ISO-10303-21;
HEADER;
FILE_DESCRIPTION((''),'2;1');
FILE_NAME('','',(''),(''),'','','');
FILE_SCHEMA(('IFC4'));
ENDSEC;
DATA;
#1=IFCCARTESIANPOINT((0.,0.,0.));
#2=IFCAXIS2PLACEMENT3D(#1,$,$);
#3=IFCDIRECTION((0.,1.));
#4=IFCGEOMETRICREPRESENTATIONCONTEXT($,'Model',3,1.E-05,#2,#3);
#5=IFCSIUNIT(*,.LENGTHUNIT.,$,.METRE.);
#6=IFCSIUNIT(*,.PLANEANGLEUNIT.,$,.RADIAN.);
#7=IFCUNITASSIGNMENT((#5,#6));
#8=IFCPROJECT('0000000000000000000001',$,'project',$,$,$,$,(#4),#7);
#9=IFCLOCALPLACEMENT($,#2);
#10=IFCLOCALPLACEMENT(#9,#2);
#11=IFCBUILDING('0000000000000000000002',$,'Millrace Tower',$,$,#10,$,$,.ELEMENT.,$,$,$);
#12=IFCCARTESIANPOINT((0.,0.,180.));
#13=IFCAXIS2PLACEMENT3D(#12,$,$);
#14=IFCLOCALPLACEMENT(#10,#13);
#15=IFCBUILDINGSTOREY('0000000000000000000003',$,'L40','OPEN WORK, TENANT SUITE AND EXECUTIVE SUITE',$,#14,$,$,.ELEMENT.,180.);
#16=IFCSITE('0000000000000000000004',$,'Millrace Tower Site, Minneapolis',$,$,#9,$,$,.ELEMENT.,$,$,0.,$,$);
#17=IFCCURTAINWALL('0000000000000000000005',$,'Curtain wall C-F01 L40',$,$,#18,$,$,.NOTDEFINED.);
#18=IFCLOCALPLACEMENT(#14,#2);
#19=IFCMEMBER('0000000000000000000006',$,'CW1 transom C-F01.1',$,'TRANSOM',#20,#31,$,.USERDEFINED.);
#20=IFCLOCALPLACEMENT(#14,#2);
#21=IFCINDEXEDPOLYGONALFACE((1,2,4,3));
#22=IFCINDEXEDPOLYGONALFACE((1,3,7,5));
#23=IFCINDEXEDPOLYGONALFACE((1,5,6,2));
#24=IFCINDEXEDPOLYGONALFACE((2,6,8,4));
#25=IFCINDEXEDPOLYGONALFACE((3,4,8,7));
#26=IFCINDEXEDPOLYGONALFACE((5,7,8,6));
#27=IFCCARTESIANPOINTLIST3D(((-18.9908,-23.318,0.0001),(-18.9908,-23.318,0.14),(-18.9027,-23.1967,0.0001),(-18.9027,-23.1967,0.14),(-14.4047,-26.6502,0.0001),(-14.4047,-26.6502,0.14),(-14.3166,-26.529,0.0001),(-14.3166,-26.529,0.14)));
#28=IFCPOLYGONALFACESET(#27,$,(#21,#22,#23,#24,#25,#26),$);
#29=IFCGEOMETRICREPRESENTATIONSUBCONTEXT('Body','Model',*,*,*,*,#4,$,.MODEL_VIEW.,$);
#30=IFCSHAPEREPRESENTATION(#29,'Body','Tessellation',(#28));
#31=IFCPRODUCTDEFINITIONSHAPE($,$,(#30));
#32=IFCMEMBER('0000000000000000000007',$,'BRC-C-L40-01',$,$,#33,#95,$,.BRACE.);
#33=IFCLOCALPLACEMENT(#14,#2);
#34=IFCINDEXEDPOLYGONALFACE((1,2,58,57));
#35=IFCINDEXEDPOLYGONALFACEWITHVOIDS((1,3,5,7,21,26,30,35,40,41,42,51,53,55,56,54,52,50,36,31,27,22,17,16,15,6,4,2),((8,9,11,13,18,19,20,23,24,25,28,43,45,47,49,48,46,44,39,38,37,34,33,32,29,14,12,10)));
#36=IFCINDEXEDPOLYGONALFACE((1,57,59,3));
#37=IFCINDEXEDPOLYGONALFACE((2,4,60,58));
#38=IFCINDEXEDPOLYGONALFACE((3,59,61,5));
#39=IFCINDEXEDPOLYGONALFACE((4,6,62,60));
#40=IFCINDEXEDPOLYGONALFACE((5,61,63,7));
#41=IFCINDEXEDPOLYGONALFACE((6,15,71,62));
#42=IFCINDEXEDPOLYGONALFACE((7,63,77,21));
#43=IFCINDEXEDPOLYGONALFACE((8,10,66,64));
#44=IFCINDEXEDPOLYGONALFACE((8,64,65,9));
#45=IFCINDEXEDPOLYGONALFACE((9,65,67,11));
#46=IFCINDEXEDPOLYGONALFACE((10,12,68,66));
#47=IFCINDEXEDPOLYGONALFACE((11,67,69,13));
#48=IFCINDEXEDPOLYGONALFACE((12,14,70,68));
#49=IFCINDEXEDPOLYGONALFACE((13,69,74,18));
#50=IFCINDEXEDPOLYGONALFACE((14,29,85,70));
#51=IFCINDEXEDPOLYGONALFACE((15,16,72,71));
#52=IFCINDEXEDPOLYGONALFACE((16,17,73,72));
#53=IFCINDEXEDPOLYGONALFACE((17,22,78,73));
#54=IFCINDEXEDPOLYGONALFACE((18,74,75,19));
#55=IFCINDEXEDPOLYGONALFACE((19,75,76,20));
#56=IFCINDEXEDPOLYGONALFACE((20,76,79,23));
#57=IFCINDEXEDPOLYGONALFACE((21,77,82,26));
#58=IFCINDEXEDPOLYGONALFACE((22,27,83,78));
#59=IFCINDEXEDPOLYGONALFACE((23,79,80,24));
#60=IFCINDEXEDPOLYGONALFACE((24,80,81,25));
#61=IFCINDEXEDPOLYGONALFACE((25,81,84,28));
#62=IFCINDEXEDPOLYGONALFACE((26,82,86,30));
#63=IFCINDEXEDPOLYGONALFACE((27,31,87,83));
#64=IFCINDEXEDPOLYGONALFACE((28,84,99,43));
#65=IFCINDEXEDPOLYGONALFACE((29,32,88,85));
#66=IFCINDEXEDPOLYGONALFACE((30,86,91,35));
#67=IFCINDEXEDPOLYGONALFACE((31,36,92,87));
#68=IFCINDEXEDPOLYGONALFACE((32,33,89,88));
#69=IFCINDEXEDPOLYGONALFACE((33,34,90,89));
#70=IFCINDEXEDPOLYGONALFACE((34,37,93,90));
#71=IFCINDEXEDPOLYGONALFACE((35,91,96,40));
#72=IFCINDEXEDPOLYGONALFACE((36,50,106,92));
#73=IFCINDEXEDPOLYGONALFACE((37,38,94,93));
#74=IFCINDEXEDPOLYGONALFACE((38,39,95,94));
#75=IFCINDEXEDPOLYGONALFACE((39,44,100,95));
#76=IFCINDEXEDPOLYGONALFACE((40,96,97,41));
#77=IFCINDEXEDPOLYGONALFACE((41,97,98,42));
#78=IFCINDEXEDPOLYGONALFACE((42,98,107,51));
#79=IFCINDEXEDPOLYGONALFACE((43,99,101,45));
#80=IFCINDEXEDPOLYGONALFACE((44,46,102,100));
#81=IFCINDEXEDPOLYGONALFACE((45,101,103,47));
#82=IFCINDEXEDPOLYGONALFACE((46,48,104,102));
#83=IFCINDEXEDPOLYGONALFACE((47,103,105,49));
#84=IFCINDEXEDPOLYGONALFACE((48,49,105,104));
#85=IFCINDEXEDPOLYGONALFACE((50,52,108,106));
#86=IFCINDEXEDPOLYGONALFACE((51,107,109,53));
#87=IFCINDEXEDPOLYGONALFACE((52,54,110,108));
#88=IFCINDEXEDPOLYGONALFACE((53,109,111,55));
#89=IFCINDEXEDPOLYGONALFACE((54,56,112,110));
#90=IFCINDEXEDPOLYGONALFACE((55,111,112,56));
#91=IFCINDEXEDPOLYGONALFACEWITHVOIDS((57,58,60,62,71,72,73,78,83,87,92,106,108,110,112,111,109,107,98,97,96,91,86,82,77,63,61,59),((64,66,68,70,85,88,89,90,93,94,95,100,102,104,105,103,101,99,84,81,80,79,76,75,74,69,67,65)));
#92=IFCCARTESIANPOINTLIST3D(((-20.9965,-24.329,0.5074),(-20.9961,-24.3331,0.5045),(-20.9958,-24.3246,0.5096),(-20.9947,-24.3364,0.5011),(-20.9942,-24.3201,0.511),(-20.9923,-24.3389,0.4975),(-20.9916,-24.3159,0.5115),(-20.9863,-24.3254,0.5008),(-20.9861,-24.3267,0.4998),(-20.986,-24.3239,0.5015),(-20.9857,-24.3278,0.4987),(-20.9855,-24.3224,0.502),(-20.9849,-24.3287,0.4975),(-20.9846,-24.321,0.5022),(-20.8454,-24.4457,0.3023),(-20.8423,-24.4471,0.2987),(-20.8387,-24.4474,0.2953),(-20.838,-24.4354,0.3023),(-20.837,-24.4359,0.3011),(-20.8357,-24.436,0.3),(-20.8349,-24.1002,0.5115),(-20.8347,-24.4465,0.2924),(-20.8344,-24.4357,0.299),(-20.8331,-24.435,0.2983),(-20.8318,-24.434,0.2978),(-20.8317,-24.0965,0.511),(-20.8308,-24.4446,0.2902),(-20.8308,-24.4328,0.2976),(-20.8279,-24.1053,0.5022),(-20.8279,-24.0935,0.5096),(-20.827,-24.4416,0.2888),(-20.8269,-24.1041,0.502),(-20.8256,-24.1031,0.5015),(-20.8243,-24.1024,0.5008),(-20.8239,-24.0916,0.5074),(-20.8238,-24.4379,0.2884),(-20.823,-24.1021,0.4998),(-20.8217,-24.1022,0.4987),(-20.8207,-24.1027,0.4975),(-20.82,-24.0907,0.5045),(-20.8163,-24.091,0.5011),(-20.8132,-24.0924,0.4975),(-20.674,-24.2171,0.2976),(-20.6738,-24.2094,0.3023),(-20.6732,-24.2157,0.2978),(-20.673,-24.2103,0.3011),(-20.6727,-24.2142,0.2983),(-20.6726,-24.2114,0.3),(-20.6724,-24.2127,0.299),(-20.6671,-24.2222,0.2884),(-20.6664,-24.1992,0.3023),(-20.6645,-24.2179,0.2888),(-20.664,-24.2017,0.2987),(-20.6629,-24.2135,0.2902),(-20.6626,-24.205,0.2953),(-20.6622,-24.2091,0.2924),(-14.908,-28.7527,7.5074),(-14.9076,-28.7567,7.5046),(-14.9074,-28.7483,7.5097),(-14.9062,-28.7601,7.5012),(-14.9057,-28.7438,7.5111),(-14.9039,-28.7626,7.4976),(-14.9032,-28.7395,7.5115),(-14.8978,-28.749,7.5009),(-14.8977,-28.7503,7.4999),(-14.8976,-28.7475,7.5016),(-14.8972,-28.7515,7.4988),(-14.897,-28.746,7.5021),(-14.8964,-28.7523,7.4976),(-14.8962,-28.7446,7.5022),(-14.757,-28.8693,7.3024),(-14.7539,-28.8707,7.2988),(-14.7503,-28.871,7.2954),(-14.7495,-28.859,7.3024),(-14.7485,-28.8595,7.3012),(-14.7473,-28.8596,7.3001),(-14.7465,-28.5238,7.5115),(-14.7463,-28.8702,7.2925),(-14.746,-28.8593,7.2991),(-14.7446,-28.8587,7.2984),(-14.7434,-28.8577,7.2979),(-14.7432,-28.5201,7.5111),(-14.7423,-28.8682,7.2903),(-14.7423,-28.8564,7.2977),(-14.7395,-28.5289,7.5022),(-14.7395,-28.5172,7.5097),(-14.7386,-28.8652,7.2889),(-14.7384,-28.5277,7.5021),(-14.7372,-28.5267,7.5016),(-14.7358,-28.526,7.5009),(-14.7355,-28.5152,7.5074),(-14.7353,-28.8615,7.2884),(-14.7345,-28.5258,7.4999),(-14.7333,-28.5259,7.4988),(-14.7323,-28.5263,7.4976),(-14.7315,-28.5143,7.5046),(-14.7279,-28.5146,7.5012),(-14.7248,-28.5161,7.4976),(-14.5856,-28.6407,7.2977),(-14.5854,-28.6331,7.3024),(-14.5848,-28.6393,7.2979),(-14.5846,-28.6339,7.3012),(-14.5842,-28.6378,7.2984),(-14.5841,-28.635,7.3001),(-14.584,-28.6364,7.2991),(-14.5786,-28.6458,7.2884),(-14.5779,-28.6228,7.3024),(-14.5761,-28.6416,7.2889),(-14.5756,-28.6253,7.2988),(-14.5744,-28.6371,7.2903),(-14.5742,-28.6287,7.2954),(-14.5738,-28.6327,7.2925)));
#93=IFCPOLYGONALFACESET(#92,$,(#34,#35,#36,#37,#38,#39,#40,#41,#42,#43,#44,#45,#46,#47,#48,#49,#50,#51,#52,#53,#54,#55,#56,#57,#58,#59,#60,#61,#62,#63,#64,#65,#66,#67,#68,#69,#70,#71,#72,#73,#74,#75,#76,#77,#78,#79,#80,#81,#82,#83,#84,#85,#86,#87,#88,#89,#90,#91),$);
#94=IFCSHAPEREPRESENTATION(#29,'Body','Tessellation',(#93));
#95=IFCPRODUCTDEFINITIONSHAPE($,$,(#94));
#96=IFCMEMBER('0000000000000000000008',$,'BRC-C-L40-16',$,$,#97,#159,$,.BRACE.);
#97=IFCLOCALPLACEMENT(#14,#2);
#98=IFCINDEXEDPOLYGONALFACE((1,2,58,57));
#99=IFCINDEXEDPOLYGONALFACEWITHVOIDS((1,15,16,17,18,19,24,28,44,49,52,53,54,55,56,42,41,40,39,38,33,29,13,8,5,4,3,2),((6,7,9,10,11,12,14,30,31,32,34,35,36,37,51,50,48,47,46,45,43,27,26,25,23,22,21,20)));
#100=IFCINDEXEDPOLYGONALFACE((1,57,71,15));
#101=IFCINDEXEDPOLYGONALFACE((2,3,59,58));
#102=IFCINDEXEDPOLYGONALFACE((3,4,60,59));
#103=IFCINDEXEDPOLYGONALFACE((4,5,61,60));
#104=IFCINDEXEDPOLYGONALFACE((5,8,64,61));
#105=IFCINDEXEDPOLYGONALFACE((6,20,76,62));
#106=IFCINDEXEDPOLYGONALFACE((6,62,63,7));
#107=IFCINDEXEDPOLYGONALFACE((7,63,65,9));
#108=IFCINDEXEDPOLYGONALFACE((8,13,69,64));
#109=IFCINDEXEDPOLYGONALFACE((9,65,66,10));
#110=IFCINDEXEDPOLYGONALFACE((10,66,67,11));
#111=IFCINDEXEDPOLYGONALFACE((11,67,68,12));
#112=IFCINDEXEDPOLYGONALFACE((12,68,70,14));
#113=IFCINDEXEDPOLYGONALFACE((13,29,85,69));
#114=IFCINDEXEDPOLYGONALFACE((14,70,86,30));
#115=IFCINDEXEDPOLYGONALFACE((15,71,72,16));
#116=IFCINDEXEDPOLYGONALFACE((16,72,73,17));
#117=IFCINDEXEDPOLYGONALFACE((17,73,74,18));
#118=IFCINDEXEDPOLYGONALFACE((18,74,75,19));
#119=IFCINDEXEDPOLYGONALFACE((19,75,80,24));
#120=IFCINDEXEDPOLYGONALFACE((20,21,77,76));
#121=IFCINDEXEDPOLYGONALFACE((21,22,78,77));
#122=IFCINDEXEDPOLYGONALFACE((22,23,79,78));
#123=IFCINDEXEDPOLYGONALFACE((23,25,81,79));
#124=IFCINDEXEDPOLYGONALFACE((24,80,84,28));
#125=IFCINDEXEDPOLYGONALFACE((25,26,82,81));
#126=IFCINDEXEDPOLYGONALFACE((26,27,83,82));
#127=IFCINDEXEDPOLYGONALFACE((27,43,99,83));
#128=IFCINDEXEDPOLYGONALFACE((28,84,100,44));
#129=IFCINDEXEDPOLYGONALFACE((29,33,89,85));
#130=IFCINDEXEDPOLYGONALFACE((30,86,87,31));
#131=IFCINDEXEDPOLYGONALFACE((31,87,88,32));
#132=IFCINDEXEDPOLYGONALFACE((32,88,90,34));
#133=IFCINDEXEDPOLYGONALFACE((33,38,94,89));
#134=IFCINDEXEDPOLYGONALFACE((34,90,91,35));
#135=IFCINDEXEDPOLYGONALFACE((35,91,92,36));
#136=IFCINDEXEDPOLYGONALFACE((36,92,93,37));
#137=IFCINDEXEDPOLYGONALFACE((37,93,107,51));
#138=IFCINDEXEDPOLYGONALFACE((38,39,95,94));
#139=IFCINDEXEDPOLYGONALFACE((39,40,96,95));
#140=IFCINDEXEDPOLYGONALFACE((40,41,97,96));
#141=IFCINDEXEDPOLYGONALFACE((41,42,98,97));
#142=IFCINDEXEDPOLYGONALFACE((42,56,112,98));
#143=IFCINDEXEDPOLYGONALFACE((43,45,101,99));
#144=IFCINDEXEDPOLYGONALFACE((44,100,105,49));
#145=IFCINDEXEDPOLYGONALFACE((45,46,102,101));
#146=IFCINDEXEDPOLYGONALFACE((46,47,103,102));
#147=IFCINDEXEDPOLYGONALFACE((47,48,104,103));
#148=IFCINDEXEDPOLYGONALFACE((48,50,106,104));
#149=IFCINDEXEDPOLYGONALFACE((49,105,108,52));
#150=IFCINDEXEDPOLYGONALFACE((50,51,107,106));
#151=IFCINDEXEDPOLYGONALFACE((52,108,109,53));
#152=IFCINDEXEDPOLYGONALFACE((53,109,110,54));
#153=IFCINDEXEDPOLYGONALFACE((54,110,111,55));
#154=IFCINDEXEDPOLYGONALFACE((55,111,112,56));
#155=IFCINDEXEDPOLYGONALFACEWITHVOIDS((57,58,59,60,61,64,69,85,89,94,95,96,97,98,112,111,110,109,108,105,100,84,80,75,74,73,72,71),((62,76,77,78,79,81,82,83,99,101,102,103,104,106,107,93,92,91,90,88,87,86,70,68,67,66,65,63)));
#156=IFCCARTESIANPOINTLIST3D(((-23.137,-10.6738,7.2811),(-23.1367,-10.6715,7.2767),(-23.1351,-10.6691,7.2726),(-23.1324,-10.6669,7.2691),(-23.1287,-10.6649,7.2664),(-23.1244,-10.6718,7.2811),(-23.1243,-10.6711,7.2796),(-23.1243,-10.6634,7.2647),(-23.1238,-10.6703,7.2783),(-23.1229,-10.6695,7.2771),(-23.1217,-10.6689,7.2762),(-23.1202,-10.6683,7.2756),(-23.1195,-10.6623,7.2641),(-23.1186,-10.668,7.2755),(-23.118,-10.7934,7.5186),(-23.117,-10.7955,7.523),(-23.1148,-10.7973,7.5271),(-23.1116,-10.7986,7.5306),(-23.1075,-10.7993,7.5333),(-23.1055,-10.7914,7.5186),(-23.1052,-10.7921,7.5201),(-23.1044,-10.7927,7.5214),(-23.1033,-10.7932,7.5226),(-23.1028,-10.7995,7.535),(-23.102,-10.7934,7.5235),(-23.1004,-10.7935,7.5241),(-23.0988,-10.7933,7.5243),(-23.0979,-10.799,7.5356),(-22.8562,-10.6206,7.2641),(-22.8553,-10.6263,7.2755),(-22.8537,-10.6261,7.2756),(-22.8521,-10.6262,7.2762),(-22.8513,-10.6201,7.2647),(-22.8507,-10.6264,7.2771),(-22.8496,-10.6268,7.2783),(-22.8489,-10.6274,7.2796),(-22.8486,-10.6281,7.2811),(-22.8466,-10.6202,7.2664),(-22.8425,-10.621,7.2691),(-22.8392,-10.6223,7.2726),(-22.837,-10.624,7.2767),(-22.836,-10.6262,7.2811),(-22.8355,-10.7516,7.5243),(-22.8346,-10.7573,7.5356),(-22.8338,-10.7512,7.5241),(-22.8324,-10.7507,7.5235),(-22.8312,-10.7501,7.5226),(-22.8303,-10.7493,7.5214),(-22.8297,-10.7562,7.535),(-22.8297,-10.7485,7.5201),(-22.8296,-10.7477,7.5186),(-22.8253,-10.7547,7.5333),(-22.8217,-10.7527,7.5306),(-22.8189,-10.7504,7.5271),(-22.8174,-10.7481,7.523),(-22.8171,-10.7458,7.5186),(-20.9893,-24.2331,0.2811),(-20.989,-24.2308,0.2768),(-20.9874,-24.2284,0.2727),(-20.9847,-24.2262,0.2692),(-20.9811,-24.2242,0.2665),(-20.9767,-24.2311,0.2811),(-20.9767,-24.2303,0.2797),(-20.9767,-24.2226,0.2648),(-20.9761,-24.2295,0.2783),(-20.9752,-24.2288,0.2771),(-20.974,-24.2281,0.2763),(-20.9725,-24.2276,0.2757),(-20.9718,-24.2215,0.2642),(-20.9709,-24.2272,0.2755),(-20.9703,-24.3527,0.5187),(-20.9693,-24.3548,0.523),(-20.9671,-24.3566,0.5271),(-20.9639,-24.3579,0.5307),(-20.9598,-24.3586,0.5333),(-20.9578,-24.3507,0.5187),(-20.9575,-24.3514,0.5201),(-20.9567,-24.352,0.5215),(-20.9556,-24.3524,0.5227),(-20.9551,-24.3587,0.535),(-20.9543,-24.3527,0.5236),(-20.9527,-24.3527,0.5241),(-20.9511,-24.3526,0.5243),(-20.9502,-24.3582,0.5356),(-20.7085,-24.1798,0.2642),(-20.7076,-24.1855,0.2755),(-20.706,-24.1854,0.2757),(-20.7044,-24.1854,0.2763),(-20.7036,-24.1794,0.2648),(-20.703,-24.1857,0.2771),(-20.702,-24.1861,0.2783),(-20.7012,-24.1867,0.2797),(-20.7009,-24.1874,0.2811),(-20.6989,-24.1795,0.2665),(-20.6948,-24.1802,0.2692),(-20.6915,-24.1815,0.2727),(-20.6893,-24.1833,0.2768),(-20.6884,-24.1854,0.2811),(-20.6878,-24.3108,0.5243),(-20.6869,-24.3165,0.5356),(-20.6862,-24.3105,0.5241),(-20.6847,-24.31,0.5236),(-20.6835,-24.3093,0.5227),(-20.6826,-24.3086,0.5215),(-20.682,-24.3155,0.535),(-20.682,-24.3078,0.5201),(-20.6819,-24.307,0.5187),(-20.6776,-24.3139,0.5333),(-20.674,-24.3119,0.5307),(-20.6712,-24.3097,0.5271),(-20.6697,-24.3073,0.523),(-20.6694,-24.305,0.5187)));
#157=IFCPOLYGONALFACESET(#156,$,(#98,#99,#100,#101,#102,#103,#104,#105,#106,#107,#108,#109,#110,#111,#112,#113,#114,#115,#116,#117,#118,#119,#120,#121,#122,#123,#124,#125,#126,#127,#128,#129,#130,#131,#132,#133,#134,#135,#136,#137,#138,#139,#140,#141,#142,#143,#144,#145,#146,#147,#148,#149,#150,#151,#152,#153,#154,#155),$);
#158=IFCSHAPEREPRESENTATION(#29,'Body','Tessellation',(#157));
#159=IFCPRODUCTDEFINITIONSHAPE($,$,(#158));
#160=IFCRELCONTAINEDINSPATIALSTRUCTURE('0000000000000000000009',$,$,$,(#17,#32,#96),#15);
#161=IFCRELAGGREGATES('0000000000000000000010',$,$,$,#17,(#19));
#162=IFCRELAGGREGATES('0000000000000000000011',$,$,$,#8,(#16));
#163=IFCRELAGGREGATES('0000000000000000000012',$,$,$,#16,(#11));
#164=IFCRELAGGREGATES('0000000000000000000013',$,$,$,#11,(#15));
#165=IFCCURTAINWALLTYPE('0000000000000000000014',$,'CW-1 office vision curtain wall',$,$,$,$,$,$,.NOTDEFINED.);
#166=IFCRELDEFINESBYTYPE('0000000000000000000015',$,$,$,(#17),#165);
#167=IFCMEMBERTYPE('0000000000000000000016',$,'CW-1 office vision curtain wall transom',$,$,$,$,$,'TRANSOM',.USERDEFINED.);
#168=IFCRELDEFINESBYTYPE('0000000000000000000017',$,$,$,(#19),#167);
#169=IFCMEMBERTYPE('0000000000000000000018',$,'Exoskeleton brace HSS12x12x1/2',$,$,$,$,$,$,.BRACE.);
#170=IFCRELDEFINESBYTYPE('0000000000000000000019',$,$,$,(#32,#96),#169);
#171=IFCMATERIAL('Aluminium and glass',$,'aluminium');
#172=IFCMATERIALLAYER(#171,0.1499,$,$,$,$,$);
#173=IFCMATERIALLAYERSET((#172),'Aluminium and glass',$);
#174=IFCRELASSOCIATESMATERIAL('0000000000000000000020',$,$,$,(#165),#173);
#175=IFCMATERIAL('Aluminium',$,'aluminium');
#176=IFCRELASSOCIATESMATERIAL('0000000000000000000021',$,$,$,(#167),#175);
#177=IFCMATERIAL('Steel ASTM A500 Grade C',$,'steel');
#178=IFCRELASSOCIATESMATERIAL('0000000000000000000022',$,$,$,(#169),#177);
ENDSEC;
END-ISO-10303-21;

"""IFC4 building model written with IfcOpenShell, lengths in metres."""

from ifc_helpers import new_model, si_unit, direction, frame, origin, origin_2d, place, context, subcontext, project, spatial, rectangle, hollow_rectangle, extrude, material, layer, layer_set, material_profile, profile_set, type_object, element, aggregate, save


model = new_model("IFC4")

# Units and contexts
model_context = context("Model", 3, precision=1e-05, world=origin(), true_north=direction((0.0, 1.0)))
body_context = subcontext(model_context, "Body", "Model", "MODEL_VIEW")
ifc_project = project(units=[si_unit("LENGTHUNIT", "METRE"), si_unit("PLANEANGLEUNIT", "RADIAN")], contexts=[model_context])

# Site, building, storey
site_placement = place(None, origin())
site = spatial("IfcSite", under=ifc_project, at=site_placement, Name="Millrace Tower Site, Minneapolis", CompositionType="ELEMENT", RefElevation=0.0)
building_placement = place(site_placement, origin())
building = spatial("IfcBuilding", under=site, at=building_placement, Name="Millrace Tower", CompositionType="ELEMENT")
storey_placement = place(building_placement, frame((0.0, 0.0, 180.0)))
storey = spatial("IfcBuildingStorey", under=building, at=storey_placement, Name="L40", Description="OPEN WORK, TENANT SUITE AND EXECUTIVE SUITE", CompositionType="ELEMENT", Elevation=180.0)

# Curtain wall
ifc_material_1 = material(Name="Aluminium and glass", Category="aluminium")
ifc_layer_1 = layer(ifc_material_1, 0.1499)
ifc_layer_set_1 = layer_set([ifc_layer_1], Name="Aluminium and glass")
curtain_wall_type = type_object("IfcCurtainWallType", Name="CW-1 office vision curtain wall", PredefinedType="NOTDEFINED", material=ifc_layer_set_1)
placement = place(storey_placement, origin())
curtain_wall_1 = element("IfcCurtainWall", 1, at=placement, inside=storey, type_object=curtain_wall_type, Name="Curtain wall C-F01 L40", PredefinedType="NOTDEFINED")

# Member
ifc_material_2 = material(Name="Aluminium", Category="aluminium")
ifc_material_profile_1 = material_profile(ifc_material_2, rectangle(XDim=0.1499, YDim=0.1399, at=origin_2d()))
ifc_profile_set_1 = profile_set([ifc_material_profile_1], Name="Aluminium")
member_type_1 = type_object("IfcMemberType", Name="CW-1 office vision curtain wall transom", ElementType="TRANSOM", PredefinedType="USERDEFINED", material=ifc_profile_set_1)
member_1_placement = place(storey_placement, frame((-18.9468, -23.2573, 0.0701), z_axis=(0.808999, -0.587811, 0.0), x_axis=(0.587811, 0.808999, 0.0)))
member_1 = element("IfcMember", 2, at=member_1_placement, type_object=member_type_1, Name="CW1 transom C-F01.1", ObjectType="TRANSOM", PredefinedType="USERDEFINED", context=body_context, shape_type="SweptSolid", body=[
    extrude(rectangle(XDim=0.1499, YDim=0.1399, at=origin_2d()), origin(), (0.0, 0.0, 1.0), 5.6689),
])
aggregate(curtain_wall_1, [member_1])

# Members
ifc_material_3 = material(Name="Steel ASTM A500 Grade C", Category="steel")
ifc_material_profile_2 = material_profile(ifc_material_3, hollow_rectangle(XDim=0.3047, YDim=0.3047, WallThickness=0.0127, InnerFilletRadius=0.0063, OuterFilletRadius=0.019, at=origin_2d()))
ifc_profile_set_2 = profile_set([ifc_material_profile_2], Name="Steel ASTM A500 Grade C")
member_type_2 = type_object("IfcMemberType", Name="Exoskeleton brace HSS12x12x1/2", PredefinedType="BRACE", material=ifc_profile_set_2)
member_2_placement = place(storey_placement, frame((-20.8293, -24.269, 0.3999), z_axis=(0.592372, -0.430395, 0.681069), x_axis=(0.587795, 0.80901, 0.0)))
element("IfcMember", 3, at=member_2_placement, inside=storey, type_object=member_type_2, Name="BRC-C-L40-01", PredefinedType="BRACE", context=body_context, shape_type="SweptSolid", body=[
    extrude(hollow_rectangle(XDim=0.3047, YDim=0.3047, WallThickness=0.0127, InnerFilletRadius=0.0063, OuterFilletRadius=0.019, at=origin_2d()), origin(), (0.0, 0.0, 1.0), 10.2781),
])
member_3_placement = place(storey_placement, frame((-20.8293, -24.269, 0.3999), z_axis=(-0.139371, 0.879905, 0.454251), x_axis=(-0.987687, -0.156443, 0.0)))
element("IfcMember", 4, at=member_3_placement, inside=storey, type_object=member_type_2, Name="BRC-C-L40-16", PredefinedType="BRACE", context=body_context, shape_type="SweptSolid", body=[
    extrude(hollow_rectangle(XDim=0.3047, YDim=0.3047, WallThickness=0.0127, InnerFilletRadius=0.0063, OuterFilletRadius=0.019, at=origin_2d()), origin(), (0.0, 0.0, 1.0), 15.4099),
])

save(model, "model.ifc")
